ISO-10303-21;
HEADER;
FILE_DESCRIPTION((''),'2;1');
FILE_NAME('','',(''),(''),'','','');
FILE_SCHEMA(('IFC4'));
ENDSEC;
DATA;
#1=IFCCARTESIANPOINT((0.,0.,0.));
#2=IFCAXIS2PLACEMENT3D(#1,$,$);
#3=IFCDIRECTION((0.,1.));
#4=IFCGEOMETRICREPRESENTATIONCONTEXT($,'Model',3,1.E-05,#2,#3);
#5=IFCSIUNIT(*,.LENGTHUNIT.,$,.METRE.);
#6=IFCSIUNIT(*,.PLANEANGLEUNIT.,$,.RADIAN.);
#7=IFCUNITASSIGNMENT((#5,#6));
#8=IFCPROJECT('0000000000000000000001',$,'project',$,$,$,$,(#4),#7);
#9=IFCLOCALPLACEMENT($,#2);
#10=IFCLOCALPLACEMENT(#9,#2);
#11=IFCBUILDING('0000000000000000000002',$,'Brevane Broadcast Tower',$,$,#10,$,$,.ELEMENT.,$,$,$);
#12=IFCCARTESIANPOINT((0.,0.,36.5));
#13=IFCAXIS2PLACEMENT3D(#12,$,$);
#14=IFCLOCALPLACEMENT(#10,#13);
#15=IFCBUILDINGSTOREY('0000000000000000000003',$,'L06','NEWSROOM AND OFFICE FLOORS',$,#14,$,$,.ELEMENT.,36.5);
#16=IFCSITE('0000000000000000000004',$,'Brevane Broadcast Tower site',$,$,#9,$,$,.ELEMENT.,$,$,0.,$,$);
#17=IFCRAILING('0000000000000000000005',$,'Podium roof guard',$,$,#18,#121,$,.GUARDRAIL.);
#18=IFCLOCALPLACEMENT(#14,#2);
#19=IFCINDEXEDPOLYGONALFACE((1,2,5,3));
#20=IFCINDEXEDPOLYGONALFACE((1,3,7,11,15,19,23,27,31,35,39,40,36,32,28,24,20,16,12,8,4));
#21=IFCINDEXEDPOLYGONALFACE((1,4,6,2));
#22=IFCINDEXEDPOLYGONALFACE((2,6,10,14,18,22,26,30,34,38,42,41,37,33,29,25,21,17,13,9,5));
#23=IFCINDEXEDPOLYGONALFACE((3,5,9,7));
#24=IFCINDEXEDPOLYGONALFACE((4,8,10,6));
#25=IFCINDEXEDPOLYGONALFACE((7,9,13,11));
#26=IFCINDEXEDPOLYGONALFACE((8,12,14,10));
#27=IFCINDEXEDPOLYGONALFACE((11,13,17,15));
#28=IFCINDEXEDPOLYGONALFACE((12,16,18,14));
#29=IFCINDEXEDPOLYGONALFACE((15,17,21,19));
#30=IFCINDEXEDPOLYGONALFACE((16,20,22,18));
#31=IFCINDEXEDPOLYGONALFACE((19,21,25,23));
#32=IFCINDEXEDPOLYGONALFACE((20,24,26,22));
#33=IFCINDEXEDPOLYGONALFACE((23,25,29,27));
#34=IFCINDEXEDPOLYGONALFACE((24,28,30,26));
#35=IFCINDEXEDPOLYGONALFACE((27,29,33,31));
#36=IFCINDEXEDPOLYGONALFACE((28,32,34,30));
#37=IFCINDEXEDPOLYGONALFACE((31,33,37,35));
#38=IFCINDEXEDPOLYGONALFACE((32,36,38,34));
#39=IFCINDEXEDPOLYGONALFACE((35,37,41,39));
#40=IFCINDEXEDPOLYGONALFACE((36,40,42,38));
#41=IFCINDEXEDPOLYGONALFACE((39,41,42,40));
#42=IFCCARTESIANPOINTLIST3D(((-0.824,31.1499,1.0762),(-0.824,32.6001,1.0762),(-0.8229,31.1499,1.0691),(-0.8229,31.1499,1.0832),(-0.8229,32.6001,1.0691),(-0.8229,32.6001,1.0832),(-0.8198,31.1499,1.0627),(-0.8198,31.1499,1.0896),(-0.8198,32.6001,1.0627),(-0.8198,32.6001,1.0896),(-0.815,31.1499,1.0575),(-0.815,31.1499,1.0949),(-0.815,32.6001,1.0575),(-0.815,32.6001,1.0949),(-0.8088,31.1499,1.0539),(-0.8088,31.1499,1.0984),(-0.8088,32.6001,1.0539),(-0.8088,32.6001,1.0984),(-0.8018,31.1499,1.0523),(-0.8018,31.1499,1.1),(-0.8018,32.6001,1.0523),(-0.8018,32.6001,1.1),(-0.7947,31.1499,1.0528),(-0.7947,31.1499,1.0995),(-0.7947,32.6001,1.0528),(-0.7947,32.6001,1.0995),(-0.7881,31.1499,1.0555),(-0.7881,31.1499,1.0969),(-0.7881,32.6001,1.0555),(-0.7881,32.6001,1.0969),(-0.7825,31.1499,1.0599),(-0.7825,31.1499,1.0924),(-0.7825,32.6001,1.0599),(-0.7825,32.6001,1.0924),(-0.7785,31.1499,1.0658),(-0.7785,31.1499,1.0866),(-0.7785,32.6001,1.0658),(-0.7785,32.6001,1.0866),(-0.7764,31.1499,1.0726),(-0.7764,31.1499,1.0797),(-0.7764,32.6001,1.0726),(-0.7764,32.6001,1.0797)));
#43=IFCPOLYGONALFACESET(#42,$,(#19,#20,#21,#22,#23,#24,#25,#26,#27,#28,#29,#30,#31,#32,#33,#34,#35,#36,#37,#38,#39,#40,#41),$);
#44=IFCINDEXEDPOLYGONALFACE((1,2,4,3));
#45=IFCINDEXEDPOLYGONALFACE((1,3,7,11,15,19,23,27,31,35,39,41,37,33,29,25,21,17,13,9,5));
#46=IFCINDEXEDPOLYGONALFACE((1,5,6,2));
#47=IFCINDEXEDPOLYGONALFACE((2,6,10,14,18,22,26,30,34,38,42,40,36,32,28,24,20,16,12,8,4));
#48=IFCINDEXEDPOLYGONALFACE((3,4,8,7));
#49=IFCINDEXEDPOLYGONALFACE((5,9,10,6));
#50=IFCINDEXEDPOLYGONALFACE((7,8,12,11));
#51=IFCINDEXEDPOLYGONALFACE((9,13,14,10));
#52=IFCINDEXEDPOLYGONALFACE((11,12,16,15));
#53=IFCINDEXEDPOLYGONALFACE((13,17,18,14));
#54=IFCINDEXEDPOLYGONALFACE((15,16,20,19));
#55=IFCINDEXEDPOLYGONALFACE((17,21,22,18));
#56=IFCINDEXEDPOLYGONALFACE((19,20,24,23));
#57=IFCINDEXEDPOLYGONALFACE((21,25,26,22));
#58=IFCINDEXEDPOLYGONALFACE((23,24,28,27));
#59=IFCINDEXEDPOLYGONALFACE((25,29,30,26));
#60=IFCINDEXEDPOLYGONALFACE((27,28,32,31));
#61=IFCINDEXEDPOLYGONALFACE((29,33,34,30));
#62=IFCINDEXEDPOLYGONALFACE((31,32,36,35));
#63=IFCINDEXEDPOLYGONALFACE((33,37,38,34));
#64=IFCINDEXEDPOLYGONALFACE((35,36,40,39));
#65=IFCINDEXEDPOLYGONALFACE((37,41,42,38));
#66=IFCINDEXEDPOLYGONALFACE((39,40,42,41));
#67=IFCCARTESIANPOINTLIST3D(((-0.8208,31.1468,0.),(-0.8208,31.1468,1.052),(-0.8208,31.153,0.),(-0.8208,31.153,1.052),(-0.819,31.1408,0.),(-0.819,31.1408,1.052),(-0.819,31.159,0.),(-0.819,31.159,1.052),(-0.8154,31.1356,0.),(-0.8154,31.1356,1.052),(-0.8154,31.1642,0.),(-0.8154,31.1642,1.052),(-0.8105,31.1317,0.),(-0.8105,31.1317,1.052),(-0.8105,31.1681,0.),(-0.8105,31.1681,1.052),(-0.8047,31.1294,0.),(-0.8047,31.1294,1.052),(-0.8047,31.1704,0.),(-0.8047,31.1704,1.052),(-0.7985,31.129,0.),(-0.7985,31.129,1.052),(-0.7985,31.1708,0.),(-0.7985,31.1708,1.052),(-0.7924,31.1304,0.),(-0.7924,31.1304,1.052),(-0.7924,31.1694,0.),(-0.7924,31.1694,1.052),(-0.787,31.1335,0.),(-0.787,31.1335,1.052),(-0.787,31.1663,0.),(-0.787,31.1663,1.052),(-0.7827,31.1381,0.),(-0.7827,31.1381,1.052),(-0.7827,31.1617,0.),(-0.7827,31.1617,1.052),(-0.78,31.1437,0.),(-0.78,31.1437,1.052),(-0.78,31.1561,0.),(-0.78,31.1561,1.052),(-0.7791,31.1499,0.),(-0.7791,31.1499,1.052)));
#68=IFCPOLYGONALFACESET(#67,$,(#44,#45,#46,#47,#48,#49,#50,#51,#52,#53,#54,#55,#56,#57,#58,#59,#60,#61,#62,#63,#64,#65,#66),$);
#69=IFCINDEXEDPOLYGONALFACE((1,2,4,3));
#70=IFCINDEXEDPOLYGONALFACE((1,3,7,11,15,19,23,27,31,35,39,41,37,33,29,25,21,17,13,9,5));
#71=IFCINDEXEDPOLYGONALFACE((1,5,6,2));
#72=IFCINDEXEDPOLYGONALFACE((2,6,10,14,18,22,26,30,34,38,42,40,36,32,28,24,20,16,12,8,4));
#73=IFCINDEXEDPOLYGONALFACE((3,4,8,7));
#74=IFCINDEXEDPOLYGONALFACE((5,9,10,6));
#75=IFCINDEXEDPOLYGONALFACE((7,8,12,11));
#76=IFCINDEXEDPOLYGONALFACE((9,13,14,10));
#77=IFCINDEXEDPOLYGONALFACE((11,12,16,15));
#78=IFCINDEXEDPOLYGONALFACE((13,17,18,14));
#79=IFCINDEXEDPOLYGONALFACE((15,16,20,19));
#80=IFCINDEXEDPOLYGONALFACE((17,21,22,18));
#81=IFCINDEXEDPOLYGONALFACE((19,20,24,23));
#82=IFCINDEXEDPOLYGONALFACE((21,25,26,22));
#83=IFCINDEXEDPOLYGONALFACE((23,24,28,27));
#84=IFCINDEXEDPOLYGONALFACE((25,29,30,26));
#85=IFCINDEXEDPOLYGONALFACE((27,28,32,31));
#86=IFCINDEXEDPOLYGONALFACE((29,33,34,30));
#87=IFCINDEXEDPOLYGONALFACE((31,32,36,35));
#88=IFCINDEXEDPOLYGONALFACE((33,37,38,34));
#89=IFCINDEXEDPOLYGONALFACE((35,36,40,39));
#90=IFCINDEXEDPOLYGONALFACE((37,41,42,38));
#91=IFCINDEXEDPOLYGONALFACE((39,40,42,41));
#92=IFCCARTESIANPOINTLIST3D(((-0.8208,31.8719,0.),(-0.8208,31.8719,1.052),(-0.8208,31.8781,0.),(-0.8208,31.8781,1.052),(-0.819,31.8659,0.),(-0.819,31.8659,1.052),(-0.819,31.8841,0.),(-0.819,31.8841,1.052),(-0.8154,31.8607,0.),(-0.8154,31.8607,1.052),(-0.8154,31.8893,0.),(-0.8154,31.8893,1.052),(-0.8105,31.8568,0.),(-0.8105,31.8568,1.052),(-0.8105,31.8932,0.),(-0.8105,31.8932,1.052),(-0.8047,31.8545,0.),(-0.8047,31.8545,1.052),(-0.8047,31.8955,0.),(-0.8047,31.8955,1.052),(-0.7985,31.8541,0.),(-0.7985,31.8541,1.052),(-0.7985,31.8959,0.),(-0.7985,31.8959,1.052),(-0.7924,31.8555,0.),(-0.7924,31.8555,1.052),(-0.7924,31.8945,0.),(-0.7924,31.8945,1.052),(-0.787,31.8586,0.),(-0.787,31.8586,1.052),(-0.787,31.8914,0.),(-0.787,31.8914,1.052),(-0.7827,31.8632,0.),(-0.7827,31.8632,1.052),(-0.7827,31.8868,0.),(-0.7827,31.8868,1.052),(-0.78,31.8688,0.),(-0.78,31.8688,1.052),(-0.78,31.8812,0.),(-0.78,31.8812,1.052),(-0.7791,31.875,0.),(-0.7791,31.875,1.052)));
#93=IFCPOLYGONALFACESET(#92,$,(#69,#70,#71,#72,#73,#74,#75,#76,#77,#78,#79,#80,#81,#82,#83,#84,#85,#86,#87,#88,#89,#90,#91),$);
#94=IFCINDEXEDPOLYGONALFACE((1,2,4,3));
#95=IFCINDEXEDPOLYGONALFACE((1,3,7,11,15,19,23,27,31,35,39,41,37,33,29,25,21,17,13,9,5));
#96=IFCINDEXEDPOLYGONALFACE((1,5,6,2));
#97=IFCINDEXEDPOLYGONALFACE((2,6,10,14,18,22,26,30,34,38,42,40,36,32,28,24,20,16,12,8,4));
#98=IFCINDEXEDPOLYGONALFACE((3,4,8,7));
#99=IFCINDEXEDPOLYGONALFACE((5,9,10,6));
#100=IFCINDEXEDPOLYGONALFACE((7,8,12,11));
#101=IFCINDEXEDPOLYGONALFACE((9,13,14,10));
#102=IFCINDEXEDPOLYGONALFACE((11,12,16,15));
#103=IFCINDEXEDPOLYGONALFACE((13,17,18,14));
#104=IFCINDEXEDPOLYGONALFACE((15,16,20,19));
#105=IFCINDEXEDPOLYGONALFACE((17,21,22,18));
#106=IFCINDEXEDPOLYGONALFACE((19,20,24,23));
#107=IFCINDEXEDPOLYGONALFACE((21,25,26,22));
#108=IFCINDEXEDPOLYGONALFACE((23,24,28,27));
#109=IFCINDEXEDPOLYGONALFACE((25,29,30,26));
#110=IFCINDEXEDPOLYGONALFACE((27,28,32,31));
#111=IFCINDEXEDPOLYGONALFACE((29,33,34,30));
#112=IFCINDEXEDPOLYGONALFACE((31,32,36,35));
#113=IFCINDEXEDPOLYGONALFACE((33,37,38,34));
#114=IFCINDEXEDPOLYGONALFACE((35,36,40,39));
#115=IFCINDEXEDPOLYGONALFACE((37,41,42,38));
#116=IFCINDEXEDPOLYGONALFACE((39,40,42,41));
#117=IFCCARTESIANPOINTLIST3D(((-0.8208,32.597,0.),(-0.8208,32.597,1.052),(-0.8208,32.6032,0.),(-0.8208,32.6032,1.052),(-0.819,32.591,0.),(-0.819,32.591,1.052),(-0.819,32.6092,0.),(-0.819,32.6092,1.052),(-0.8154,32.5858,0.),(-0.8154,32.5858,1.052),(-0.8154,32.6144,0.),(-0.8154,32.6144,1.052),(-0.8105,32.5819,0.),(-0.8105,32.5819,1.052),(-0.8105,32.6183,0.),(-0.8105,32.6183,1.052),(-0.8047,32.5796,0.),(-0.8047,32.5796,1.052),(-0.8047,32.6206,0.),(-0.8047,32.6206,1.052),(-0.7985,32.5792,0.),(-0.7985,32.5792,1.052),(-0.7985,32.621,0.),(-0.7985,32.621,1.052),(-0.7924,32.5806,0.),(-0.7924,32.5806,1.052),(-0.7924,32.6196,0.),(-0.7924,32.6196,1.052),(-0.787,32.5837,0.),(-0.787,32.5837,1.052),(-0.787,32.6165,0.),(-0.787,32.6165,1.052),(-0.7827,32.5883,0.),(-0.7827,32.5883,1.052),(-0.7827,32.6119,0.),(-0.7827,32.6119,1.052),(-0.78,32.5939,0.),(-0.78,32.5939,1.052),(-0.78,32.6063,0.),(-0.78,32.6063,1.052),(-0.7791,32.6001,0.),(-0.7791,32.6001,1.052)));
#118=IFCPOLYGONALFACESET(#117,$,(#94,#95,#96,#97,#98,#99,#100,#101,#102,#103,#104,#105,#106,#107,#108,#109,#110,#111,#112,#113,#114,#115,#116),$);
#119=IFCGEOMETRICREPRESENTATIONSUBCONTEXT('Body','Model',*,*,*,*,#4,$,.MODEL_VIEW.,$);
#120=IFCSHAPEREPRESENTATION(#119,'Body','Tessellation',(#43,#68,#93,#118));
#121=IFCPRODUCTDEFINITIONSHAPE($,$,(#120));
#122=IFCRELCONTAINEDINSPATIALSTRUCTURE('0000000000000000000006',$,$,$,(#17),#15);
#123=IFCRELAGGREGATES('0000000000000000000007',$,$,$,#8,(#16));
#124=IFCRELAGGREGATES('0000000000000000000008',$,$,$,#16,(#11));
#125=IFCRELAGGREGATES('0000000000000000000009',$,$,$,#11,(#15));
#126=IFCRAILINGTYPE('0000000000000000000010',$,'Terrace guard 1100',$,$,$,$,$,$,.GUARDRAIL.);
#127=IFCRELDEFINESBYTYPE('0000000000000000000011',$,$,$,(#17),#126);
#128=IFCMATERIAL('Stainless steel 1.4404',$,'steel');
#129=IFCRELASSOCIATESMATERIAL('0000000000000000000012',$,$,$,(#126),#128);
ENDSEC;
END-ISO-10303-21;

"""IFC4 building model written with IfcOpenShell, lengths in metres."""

from ifc_helpers import new_model, si_unit, direction, frame, origin, origin_2d, place, context, subcontext, project, spatial, circle, extrude, material, type_object, element, save


model = new_model("IFC4")

# Units and contexts
model_context = context("Model", 3, precision=1e-05, world=origin(), true_north=direction((0.0, 1.0)))
body_context = subcontext(model_context, "Body", "Model", "MODEL_VIEW")
ifc_project = project(units=[si_unit("LENGTHUNIT", "METRE"), si_unit("PLANEANGLEUNIT", "RADIAN")], contexts=[model_context])

# Site, building, storey
site_placement = place(None, origin())
site = spatial("IfcSite", under=ifc_project, at=site_placement, Name="Brevane Broadcast Tower site", CompositionType="ELEMENT", RefElevation=0.0)
building_placement = place(site_placement, origin())
building = spatial("IfcBuilding", under=site, at=building_placement, Name="Brevane Broadcast Tower", CompositionType="ELEMENT")
storey_placement = place(building_placement, frame((0.0, 0.0, 36.5)))
storey = spatial("IfcBuildingStorey", under=building, at=storey_placement, Name="L06", Description="NEWSROOM AND OFFICE FLOORS", CompositionType="ELEMENT", Elevation=36.5)

# Railing
ifc_material_1 = material(Name="Stainless steel 1.4404", Category="steel")
railing_type_1 = type_object("IfcRailingType", Name="Terrace guard 1100", PredefinedType="GUARDRAIL", material=ifc_material_1)
railing_1_placement = place(storey_placement, frame((-0.8, 31.1499, 0.0)))
element("IfcRailing", 1, at=railing_1_placement, inside=storey, type_object=railing_type_1, Name="Podium roof guard", PredefinedType="GUARDRAIL", context=body_context, shape_type="SweptSolid", body=[
    extrude(circle(Radius=0.0239, at=origin_2d()), frame((0.0, 0.0, 1.0762), z_axis=(0.0, 1.0, 0.0), x_axis=(-1.0, 0.0, 0.0)), (0.0, 0.0, 1.0), 1.4502),
    extrude(circle(Radius=0.021, at=origin_2d()), origin(), (0.0, 0.0, 1.0), 1.052),
    extrude(circle(Radius=0.021, at=origin_2d()), frame((0.0, 0.7251, 0.0)), (0.0, 0.0, 1.0), 1.052),
    extrude(circle(Radius=0.021, at=origin_2d()), frame((0.0, 1.4502, 0.0)), (0.0, 0.0, 1.0), 1.052),
])

save(model, "model.ifc")
